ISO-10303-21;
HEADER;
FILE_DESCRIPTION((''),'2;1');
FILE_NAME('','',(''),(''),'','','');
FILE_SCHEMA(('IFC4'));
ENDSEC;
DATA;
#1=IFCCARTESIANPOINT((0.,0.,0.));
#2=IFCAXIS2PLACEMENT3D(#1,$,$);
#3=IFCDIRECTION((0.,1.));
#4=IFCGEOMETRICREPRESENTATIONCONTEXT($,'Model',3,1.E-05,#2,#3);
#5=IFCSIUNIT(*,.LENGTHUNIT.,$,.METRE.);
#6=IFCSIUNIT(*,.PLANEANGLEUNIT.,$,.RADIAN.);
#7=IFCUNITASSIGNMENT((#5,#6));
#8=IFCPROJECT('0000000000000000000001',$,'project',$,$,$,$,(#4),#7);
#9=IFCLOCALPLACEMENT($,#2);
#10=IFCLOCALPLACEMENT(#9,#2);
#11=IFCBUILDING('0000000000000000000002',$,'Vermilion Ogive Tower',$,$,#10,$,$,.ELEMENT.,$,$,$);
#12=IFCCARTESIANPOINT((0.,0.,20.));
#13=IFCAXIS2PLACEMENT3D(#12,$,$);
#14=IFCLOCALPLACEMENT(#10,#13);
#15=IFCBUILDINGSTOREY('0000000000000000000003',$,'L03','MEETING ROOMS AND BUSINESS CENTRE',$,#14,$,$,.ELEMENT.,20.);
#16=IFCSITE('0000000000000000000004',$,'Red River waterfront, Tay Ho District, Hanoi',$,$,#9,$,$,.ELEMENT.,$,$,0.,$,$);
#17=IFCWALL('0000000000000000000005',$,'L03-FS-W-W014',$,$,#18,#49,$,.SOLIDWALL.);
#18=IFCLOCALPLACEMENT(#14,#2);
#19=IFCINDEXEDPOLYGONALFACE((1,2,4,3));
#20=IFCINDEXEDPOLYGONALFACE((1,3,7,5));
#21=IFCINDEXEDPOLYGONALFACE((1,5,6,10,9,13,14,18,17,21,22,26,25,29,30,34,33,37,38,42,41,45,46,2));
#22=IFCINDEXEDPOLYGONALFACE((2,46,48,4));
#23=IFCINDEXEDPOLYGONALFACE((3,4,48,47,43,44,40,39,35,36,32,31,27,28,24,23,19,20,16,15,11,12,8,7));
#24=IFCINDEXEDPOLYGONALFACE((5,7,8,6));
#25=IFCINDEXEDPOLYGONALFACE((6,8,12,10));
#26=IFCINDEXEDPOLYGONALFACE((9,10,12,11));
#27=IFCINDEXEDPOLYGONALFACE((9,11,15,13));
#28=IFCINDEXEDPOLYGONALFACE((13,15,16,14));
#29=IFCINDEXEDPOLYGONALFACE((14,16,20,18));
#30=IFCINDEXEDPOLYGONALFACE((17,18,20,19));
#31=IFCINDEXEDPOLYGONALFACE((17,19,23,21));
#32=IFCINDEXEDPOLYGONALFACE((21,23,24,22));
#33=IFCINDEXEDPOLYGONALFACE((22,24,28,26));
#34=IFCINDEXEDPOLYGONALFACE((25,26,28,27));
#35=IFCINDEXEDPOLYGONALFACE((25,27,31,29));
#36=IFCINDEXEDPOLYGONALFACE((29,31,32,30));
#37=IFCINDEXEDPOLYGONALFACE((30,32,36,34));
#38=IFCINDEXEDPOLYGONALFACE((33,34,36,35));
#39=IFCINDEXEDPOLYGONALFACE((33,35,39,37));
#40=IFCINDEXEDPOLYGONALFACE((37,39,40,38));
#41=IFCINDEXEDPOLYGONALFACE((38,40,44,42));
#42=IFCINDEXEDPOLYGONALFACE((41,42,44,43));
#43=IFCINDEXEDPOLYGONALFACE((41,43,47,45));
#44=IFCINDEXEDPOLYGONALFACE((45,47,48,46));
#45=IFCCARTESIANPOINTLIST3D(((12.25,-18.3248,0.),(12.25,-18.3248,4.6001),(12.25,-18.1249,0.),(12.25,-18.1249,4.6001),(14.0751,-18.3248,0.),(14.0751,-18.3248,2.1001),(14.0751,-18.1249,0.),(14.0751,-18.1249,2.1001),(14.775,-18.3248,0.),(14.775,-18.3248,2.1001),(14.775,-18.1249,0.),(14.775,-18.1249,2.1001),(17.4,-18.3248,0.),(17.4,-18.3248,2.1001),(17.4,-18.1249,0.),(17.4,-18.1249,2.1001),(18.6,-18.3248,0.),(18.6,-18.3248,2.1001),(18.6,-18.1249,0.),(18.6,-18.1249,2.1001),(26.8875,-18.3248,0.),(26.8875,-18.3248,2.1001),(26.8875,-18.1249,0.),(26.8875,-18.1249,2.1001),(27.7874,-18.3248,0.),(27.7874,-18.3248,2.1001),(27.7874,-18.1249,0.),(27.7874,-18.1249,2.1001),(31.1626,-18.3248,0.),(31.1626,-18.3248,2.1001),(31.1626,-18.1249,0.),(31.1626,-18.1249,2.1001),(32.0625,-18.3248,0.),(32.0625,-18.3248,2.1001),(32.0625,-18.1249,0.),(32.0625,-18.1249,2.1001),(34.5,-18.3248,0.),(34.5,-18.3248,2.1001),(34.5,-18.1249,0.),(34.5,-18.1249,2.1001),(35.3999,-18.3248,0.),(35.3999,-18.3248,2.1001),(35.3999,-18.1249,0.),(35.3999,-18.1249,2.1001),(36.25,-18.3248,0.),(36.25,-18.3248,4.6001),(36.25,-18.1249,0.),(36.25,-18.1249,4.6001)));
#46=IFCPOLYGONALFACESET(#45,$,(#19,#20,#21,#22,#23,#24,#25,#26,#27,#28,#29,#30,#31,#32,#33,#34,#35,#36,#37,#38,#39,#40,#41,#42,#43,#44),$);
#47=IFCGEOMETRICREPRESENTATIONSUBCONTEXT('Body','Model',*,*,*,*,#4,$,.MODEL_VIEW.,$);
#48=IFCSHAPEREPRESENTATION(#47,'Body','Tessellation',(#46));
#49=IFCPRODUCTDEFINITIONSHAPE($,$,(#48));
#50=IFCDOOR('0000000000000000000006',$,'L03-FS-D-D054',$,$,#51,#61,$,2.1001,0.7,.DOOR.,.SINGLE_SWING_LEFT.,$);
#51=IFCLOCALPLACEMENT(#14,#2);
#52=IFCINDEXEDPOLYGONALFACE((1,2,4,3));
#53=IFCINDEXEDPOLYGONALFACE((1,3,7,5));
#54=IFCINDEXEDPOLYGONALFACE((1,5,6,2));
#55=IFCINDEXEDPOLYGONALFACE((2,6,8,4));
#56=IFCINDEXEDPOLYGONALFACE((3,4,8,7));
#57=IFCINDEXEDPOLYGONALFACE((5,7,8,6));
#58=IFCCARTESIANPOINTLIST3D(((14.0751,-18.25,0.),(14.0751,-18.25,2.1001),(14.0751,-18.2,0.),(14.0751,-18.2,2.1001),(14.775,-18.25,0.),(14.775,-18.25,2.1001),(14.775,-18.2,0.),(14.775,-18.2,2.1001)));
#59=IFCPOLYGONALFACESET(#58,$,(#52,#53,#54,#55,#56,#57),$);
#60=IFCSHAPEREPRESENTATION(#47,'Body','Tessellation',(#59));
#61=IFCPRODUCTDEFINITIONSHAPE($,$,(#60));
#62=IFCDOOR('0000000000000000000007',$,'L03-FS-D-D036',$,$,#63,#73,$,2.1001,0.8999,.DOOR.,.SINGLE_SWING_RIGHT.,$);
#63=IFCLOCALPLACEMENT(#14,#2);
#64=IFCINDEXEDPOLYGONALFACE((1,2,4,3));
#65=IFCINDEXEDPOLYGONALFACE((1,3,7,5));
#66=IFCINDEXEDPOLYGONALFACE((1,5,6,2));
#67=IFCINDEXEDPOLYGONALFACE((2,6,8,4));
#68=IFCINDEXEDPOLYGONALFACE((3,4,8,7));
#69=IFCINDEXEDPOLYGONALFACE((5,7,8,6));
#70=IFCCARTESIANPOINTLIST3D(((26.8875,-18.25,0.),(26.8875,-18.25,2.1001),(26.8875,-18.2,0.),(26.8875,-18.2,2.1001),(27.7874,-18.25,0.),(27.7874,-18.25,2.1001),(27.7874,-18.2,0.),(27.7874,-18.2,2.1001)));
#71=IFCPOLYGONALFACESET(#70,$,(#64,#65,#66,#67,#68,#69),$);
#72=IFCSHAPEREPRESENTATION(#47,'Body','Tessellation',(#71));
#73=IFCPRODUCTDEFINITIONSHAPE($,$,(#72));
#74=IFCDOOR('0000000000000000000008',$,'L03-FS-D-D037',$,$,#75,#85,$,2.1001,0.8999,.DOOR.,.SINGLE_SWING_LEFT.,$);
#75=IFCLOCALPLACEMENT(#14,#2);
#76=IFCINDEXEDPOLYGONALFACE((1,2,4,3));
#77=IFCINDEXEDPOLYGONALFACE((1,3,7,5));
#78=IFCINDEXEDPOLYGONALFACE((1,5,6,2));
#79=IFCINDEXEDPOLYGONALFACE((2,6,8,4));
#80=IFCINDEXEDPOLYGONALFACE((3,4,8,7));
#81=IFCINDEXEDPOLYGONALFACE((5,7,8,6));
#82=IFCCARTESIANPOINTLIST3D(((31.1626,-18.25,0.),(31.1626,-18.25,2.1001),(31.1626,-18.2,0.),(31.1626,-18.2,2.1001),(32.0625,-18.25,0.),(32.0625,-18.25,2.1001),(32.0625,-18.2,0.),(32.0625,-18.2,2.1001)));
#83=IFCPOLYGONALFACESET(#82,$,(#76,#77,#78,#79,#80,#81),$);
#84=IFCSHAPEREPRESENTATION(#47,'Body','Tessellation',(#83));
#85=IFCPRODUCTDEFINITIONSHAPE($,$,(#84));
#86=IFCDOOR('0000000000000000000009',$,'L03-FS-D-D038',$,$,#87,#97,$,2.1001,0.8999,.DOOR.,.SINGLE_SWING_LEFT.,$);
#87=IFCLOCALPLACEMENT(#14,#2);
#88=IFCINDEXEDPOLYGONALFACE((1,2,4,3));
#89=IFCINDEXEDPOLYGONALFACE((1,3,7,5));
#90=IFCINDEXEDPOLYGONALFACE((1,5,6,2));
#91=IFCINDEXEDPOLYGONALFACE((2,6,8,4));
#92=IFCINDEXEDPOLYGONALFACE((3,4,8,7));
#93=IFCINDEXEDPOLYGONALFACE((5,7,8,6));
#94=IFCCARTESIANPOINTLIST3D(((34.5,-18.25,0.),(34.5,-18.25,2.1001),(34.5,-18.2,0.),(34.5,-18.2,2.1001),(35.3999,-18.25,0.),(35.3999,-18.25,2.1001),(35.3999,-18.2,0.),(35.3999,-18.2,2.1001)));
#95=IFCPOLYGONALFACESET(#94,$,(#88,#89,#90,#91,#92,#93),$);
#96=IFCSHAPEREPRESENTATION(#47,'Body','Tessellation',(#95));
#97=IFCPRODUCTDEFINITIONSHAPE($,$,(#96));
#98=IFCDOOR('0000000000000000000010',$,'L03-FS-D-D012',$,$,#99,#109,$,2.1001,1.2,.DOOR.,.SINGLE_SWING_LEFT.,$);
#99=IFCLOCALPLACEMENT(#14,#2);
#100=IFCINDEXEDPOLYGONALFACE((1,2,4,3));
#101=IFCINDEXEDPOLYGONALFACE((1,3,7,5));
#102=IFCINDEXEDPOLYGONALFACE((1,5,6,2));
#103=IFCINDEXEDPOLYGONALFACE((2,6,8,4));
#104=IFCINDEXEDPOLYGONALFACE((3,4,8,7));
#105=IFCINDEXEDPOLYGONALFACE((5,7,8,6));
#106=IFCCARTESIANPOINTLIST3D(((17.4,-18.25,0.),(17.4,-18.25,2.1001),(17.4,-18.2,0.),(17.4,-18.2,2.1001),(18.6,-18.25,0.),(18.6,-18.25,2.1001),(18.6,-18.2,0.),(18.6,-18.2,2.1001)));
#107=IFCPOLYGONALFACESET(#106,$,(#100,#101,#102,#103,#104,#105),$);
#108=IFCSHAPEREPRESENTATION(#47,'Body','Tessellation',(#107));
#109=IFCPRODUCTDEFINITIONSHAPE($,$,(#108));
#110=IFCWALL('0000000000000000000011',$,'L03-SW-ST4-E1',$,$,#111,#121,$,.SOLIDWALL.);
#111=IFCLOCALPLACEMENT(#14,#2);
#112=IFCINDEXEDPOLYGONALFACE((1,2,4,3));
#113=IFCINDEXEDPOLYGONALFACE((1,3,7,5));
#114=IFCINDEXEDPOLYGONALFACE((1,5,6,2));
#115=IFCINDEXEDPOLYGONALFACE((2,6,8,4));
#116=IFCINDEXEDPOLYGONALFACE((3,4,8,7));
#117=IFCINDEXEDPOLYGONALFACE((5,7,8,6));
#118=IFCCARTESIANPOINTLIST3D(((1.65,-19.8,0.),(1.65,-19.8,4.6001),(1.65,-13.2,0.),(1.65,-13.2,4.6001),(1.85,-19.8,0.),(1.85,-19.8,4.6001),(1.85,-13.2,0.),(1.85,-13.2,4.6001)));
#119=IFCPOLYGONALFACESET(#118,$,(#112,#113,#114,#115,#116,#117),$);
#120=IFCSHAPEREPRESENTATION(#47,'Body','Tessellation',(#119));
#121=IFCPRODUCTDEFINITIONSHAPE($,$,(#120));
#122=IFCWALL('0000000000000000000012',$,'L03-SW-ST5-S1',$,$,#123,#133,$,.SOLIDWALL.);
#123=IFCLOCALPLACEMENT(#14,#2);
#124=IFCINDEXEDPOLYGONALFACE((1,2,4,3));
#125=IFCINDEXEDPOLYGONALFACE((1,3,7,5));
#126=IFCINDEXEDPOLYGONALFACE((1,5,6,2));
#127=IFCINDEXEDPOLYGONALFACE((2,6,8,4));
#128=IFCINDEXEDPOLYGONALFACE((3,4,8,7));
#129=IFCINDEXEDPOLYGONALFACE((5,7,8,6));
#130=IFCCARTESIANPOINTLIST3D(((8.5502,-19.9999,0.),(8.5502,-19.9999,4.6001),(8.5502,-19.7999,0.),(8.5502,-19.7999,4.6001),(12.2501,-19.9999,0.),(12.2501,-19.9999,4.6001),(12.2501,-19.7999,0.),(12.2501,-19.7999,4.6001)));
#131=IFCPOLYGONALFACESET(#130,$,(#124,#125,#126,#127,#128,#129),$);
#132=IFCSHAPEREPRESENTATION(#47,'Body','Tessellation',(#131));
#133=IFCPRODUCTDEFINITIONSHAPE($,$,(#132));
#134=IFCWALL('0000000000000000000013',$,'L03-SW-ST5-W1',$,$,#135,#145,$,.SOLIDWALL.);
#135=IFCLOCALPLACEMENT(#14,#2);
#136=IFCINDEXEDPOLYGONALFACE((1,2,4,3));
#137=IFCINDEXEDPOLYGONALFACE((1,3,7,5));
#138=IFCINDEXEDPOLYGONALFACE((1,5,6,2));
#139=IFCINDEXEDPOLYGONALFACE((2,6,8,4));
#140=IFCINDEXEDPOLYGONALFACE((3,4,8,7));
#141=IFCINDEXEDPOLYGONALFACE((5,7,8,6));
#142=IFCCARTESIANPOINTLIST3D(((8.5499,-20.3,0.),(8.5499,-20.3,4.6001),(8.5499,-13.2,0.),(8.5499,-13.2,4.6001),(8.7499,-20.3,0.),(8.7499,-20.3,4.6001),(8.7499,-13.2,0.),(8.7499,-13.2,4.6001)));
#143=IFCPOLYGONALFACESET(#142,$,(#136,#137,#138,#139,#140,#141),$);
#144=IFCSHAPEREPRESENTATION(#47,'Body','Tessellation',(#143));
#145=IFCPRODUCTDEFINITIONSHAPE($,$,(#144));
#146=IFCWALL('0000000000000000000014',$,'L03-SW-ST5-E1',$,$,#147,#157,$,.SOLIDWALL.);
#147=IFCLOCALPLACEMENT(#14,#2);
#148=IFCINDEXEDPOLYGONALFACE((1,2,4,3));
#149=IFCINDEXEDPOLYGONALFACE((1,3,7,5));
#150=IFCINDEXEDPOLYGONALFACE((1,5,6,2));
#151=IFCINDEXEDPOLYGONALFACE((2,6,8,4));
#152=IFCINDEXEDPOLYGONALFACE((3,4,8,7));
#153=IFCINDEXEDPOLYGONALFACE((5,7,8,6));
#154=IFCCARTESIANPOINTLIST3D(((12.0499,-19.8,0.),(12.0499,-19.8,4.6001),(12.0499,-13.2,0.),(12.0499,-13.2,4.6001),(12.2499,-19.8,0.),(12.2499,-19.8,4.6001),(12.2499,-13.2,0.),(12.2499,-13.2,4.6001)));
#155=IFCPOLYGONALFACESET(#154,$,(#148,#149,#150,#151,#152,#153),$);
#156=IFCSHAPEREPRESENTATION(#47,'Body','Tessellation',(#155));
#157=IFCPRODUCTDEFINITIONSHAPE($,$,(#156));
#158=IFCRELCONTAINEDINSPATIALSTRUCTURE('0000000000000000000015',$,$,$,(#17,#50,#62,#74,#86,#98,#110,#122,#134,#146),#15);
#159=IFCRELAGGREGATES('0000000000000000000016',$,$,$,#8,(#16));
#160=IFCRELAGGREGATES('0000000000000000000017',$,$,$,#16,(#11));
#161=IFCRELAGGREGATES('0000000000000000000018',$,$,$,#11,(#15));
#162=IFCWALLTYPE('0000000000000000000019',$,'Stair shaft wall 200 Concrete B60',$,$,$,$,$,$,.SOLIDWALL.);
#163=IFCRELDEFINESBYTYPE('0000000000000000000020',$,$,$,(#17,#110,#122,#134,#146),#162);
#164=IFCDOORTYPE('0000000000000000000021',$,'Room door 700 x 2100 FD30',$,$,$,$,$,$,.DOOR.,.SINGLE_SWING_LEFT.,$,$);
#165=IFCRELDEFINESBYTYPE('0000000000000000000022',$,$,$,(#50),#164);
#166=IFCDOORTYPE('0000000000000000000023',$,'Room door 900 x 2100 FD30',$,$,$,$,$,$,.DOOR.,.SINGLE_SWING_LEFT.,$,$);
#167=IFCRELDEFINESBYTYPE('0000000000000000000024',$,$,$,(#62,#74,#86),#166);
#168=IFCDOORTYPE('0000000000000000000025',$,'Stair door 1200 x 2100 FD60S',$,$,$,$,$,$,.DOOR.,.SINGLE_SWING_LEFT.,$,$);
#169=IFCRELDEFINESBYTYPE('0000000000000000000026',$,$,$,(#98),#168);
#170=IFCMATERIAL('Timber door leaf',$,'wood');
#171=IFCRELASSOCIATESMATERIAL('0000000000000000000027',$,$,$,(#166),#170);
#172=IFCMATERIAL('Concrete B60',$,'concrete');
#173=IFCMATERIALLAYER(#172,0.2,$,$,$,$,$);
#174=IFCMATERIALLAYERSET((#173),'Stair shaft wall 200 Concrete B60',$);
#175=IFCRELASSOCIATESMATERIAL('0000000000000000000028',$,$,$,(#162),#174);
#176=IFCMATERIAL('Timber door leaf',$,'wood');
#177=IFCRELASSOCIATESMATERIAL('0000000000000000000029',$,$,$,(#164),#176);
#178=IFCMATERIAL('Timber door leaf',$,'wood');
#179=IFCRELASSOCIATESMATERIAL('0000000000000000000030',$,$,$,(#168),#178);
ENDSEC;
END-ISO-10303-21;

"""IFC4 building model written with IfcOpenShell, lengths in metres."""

from ifc_helpers import new_model, si_unit, direction, frame, frame_2d, origin, place, context, subcontext, project, spatial, rectangle, extrude, material, layer, layer_set, type_object, element, fill, save


model = new_model("IFC4")

# Units and contexts
model_context = context("Model", 3, precision=1e-05, world=origin(), true_north=direction((0.0, 1.0)))
body_context = subcontext(model_context, "Body", "Model", "MODEL_VIEW")
ifc_project = project(units=[si_unit("LENGTHUNIT", "METRE"), si_unit("PLANEANGLEUNIT", "RADIAN")], contexts=[model_context])

# Site, building, storey
site_placement = place(None, origin())
site = spatial("IfcSite", under=ifc_project, at=site_placement, Name="Red River waterfront, Tay Ho District, Hanoi", CompositionType="ELEMENT", RefElevation=0.0)
building_placement = place(site_placement, origin())
building = spatial("IfcBuilding", under=site, at=building_placement, Name="Vermilion Ogive Tower", CompositionType="ELEMENT")
storey_placement = place(building_placement, frame((0.0, 0.0, 20.0)))
storey = spatial("IfcBuildingStorey", under=building, at=storey_placement, Name="L03", Description="MEETING ROOMS AND BUSINESS CENTRE", CompositionType="ELEMENT", Elevation=20.0)

# Shared definitions
ifc_material_1 = material(Name="Timber door leaf", Category="wood")
door_type_1 = type_object("IfcDoorType", Name="Room door 900 x 2100 FD30", OperationType="SINGLE_SWING_LEFT", PredefinedType="DOOR", material=ifc_material_1)

# Wall, openings, doors
ifc_material_2 = material(Name="Concrete B60", Category="concrete")
ifc_layer_1 = layer(ifc_material_2, 0.2)
ifc_layer_set_1 = layer_set([ifc_layer_1], Name="Stair shaft wall 200 Concrete B60")
wall_type_1 = type_object("IfcWallType", Name="Stair shaft wall 200 Concrete B60", PredefinedType="SOLIDWALL", material=ifc_layer_set_1)
wall_1_placement = place(storey_placement, frame((12.25, -18.2249, 0.0), z_axis=(0.0, 0.0, 1.0), x_axis=(1.0, 0.0, 0.0)))
wall_1 = element("IfcWall", 1, at=wall_1_placement, inside=storey, type_object=wall_type_1, Name="L03-FS-W-W014", PredefinedType="SOLIDWALL", context=body_context, shape_type="SweptSolid", body=[
    extrude(rectangle(XDim=24.0, YDim=0.2, at=frame_2d((12.0, 0.0))), origin(), (0.0, 0.0, 1.0), 4.6001),
])
opening_1_placement = place(wall_1_placement, frame((5.1499, 0.0, 0.0)))
opening_1 = element("IfcOpeningElement", 2, at=opening_1_placement, cuts=wall_1, PredefinedType="OPENING", context=body_context, shape_type="SweptSolid", body=[
    extrude(rectangle(XDim=1.2, YDim=2.1001, at=frame_2d((0.6001, 1.05))), frame((0.0, 0.1099, 0.0), z_axis=(0.0, -1.0, 0.0), x_axis=(1.0, 0.0, 0.0)), (0.0, 0.0, 1.0), 0.22),
])
opening_2_placement = place(wall_1_placement, frame((14.6375, 0.0, 0.0)))
opening_2 = element("IfcOpeningElement", 3, at=opening_2_placement, cuts=wall_1, PredefinedType="OPENING", context=body_context, shape_type="SweptSolid", body=[
    extrude(rectangle(XDim=0.8999, YDim=2.1001, at=frame_2d((0.45, 1.05))), frame((0.0, 0.1099, 0.0), z_axis=(0.0, -1.0, 0.0), x_axis=(1.0, 0.0, 0.0)), (0.0, 0.0, 1.0), 0.22),
])
opening_3_placement = place(wall_1_placement, frame((18.9126, 0.0, 0.0)))
opening_3 = element("IfcOpeningElement", 4, at=opening_3_placement, cuts=wall_1, PredefinedType="OPENING", context=body_context, shape_type="SweptSolid", body=[
    extrude(rectangle(XDim=0.8999, YDim=2.1001, at=frame_2d((0.45, 1.05))), frame((0.0, 0.1099, 0.0), z_axis=(0.0, -1.0, 0.0), x_axis=(1.0, 0.0, 0.0)), (0.0, 0.0, 1.0), 0.22),
])
opening_4_placement = place(wall_1_placement, frame((22.25, 0.0, 0.0)))
opening_4 = element("IfcOpeningElement", 5, at=opening_4_placement, cuts=wall_1, PredefinedType="OPENING", context=body_context, shape_type="SweptSolid", body=[
    extrude(rectangle(XDim=0.8999, YDim=2.1001, at=frame_2d((0.45, 1.05))), frame((0.0, 0.1099, 0.0), z_axis=(0.0, -1.0, 0.0), x_axis=(1.0, 0.0, 0.0)), (0.0, 0.0, 1.0), 0.22),
])
opening_5_placement = place(wall_1_placement, frame((1.825, 0.0, 0.0)))
opening_5 = element("IfcOpeningElement", 6, at=opening_5_placement, cuts=wall_1, PredefinedType="OPENING", context=body_context, shape_type="SweptSolid", body=[
    extrude(rectangle(XDim=0.7, YDim=2.1001, at=frame_2d((0.3501, 1.05))), frame((0.0, 0.1099, 0.0), z_axis=(0.0, -1.0, 0.0), x_axis=(1.0, 0.0, 0.0)), (0.0, 0.0, 1.0), 0.22),
])
ifc_material_3 = material(Name="Timber door leaf", Category="wood")
door_type_2 = type_object("IfcDoorType", Name="Room door 700 x 2100 FD30", OperationType="SINGLE_SWING_LEFT", PredefinedType="DOOR", material=ifc_material_3)
door_1_placement = place(opening_5_placement, origin())
door_1 = element("IfcDoor", 7, at=door_1_placement, inside=storey, type_object=door_type_2, Name="L03-FS-D-D054", OperationType="SINGLE_SWING_LEFT", OverallHeight=2.1001, OverallWidth=0.7, PredefinedType="DOOR", context=body_context, shape_type="SweptSolid", body=[
    extrude(rectangle(XDim=0.7, YDim=2.1001, at=frame_2d((0.3501, 1.05))), frame((0.0, 0.0249, 0.0), z_axis=(0.0, -1.0, 0.0), x_axis=(1.0, 0.0, 0.0)), (0.0, 0.0, 1.0), 0.05),
])
fill(opening_5, door_1)
door_2_placement = place(opening_2_placement, origin())
door_2 = element("IfcDoor", 8, at=door_2_placement, inside=storey, type_object=door_type_1, Name="L03-FS-D-D036", OperationType="SINGLE_SWING_RIGHT", OverallHeight=2.1001, OverallWidth=0.8999, PredefinedType="DOOR", context=body_context, shape_type="SweptSolid", body=[
    extrude(rectangle(XDim=0.8999, YDim=2.1001, at=frame_2d((0.45, 1.05))), frame((0.0, 0.0249, 0.0), z_axis=(0.0, -1.0, 0.0), x_axis=(1.0, 0.0, 0.0)), (0.0, 0.0, 1.0), 0.05),
])
fill(opening_2, door_2)
door_3_placement = place(opening_3_placement, origin())
door_3 = element("IfcDoor", 9, at=door_3_placement, inside=storey, type_object=door_type_1, Name="L03-FS-D-D037", OperationType="SINGLE_SWING_LEFT", OverallHeight=2.1001, OverallWidth=0.8999, PredefinedType="DOOR", context=body_context, shape_type="SweptSolid", body=[
    extrude(rectangle(XDim=0.8999, YDim=2.1001, at=frame_2d((0.45, 1.05))), frame((0.0, 0.0249, 0.0), z_axis=(0.0, -1.0, 0.0), x_axis=(1.0, 0.0, 0.0)), (0.0, 0.0, 1.0), 0.05),
])
fill(opening_3, door_3)
door_4_placement = place(opening_4_placement, origin())
door_4 = element("IfcDoor", 10, at=door_4_placement, inside=storey, type_object=door_type_1, Name="L03-FS-D-D038", OperationType="SINGLE_SWING_LEFT", OverallHeight=2.1001, OverallWidth=0.8999, PredefinedType="DOOR", context=body_context, shape_type="SweptSolid", body=[
    extrude(rectangle(XDim=0.8999, YDim=2.1001, at=frame_2d((0.45, 1.05))), frame((0.0, 0.0249, 0.0), z_axis=(0.0, -1.0, 0.0), x_axis=(1.0, 0.0, 0.0)), (0.0, 0.0, 1.0), 0.05),
])
fill(opening_4, door_4)
ifc_material_4 = material(Name="Timber door leaf", Category="wood")
door_type_3 = type_object("IfcDoorType", Name="Stair door 1200 x 2100 FD60S", OperationType="SINGLE_SWING_LEFT", PredefinedType="DOOR", material=ifc_material_4)
door_5_placement = place(opening_1_placement, origin())
door_5 = element("IfcDoor", 11, at=door_5_placement, inside=storey, type_object=door_type_3, Name="L03-FS-D-D012", OperationType="SINGLE_SWING_LEFT", OverallHeight=2.1001, OverallWidth=1.2, PredefinedType="DOOR", context=body_context, shape_type="SweptSolid", body=[
    extrude(rectangle(XDim=1.2, YDim=2.1001, at=frame_2d((0.6001, 1.05))), frame((0.0, 0.0249, 0.0), z_axis=(0.0, -1.0, 0.0), x_axis=(1.0, 0.0, 0.0)), (0.0, 0.0, 1.0), 0.05),
])
fill(opening_1, door_5)

# Walls
wall_2_placement = place(storey_placement, frame((1.75, -19.8, 0.0), z_axis=(0.0, 0.0, 1.0), x_axis=(0.0, 1.0, 0.0)))
element("IfcWall", 12, at=wall_2_placement, inside=storey, type_object=wall_type_1, Name="L03-SW-ST4-E1", PredefinedType="SOLIDWALL", context=body_context, shape_type="SweptSolid", body=[
    extrude(rectangle(XDim=6.6001, YDim=0.2, at=frame_2d((3.3, 0.0))), origin(), (0.0, 0.0, 1.0), 4.6001),
])
wall_3_placement = place(storey_placement, frame((8.55, -19.8999, 0.0), z_axis=(0.0, 0.0, 1.0), x_axis=(1.0, 0.0, 0.0)))
element("IfcWall", 13, at=wall_3_placement, inside=storey, type_object=wall_type_1, Name="L03-SW-ST5-S1", PredefinedType="SOLIDWALL", context=body_context, shape_type="SweptSolid", body=[
    extrude(rectangle(XDim=3.7, YDim=0.2, at=frame_2d((1.8501, 0.0))), origin(), (0.0, 0.0, 1.0), 4.6001),
])
wall_4_placement = place(storey_placement, frame((8.6499, -20.3, 0.0), z_axis=(0.0, 0.0, 1.0), x_axis=(0.0, 1.0, 0.0)))
element("IfcWall", 14, at=wall_4_placement, inside=storey, type_object=wall_type_1, Name="L03-SW-ST5-W1", PredefinedType="SOLIDWALL", context=body_context, shape_type="SweptSolid", body=[
    extrude(rectangle(XDim=7.1001, YDim=0.2, at=frame_2d((3.55, 0.0))), origin(), (0.0, 0.0, 1.0), 4.6001),
])
wall_5_placement = place(storey_placement, frame((12.1499, -19.8, 0.0), z_axis=(0.0, 0.0, 1.0), x_axis=(0.0, 1.0, 0.0)))
element("IfcWall", 15, at=wall_5_placement, inside=storey, type_object=wall_type_1, Name="L03-SW-ST5-E1", PredefinedType="SOLIDWALL", context=body_context, shape_type="SweptSolid", body=[
    extrude(rectangle(XDim=6.6001, YDim=0.2, at=frame_2d((3.3, 0.0))), origin(), (0.0, 0.0, 1.0), 4.6001),
])

save(model, "model.ifc")
